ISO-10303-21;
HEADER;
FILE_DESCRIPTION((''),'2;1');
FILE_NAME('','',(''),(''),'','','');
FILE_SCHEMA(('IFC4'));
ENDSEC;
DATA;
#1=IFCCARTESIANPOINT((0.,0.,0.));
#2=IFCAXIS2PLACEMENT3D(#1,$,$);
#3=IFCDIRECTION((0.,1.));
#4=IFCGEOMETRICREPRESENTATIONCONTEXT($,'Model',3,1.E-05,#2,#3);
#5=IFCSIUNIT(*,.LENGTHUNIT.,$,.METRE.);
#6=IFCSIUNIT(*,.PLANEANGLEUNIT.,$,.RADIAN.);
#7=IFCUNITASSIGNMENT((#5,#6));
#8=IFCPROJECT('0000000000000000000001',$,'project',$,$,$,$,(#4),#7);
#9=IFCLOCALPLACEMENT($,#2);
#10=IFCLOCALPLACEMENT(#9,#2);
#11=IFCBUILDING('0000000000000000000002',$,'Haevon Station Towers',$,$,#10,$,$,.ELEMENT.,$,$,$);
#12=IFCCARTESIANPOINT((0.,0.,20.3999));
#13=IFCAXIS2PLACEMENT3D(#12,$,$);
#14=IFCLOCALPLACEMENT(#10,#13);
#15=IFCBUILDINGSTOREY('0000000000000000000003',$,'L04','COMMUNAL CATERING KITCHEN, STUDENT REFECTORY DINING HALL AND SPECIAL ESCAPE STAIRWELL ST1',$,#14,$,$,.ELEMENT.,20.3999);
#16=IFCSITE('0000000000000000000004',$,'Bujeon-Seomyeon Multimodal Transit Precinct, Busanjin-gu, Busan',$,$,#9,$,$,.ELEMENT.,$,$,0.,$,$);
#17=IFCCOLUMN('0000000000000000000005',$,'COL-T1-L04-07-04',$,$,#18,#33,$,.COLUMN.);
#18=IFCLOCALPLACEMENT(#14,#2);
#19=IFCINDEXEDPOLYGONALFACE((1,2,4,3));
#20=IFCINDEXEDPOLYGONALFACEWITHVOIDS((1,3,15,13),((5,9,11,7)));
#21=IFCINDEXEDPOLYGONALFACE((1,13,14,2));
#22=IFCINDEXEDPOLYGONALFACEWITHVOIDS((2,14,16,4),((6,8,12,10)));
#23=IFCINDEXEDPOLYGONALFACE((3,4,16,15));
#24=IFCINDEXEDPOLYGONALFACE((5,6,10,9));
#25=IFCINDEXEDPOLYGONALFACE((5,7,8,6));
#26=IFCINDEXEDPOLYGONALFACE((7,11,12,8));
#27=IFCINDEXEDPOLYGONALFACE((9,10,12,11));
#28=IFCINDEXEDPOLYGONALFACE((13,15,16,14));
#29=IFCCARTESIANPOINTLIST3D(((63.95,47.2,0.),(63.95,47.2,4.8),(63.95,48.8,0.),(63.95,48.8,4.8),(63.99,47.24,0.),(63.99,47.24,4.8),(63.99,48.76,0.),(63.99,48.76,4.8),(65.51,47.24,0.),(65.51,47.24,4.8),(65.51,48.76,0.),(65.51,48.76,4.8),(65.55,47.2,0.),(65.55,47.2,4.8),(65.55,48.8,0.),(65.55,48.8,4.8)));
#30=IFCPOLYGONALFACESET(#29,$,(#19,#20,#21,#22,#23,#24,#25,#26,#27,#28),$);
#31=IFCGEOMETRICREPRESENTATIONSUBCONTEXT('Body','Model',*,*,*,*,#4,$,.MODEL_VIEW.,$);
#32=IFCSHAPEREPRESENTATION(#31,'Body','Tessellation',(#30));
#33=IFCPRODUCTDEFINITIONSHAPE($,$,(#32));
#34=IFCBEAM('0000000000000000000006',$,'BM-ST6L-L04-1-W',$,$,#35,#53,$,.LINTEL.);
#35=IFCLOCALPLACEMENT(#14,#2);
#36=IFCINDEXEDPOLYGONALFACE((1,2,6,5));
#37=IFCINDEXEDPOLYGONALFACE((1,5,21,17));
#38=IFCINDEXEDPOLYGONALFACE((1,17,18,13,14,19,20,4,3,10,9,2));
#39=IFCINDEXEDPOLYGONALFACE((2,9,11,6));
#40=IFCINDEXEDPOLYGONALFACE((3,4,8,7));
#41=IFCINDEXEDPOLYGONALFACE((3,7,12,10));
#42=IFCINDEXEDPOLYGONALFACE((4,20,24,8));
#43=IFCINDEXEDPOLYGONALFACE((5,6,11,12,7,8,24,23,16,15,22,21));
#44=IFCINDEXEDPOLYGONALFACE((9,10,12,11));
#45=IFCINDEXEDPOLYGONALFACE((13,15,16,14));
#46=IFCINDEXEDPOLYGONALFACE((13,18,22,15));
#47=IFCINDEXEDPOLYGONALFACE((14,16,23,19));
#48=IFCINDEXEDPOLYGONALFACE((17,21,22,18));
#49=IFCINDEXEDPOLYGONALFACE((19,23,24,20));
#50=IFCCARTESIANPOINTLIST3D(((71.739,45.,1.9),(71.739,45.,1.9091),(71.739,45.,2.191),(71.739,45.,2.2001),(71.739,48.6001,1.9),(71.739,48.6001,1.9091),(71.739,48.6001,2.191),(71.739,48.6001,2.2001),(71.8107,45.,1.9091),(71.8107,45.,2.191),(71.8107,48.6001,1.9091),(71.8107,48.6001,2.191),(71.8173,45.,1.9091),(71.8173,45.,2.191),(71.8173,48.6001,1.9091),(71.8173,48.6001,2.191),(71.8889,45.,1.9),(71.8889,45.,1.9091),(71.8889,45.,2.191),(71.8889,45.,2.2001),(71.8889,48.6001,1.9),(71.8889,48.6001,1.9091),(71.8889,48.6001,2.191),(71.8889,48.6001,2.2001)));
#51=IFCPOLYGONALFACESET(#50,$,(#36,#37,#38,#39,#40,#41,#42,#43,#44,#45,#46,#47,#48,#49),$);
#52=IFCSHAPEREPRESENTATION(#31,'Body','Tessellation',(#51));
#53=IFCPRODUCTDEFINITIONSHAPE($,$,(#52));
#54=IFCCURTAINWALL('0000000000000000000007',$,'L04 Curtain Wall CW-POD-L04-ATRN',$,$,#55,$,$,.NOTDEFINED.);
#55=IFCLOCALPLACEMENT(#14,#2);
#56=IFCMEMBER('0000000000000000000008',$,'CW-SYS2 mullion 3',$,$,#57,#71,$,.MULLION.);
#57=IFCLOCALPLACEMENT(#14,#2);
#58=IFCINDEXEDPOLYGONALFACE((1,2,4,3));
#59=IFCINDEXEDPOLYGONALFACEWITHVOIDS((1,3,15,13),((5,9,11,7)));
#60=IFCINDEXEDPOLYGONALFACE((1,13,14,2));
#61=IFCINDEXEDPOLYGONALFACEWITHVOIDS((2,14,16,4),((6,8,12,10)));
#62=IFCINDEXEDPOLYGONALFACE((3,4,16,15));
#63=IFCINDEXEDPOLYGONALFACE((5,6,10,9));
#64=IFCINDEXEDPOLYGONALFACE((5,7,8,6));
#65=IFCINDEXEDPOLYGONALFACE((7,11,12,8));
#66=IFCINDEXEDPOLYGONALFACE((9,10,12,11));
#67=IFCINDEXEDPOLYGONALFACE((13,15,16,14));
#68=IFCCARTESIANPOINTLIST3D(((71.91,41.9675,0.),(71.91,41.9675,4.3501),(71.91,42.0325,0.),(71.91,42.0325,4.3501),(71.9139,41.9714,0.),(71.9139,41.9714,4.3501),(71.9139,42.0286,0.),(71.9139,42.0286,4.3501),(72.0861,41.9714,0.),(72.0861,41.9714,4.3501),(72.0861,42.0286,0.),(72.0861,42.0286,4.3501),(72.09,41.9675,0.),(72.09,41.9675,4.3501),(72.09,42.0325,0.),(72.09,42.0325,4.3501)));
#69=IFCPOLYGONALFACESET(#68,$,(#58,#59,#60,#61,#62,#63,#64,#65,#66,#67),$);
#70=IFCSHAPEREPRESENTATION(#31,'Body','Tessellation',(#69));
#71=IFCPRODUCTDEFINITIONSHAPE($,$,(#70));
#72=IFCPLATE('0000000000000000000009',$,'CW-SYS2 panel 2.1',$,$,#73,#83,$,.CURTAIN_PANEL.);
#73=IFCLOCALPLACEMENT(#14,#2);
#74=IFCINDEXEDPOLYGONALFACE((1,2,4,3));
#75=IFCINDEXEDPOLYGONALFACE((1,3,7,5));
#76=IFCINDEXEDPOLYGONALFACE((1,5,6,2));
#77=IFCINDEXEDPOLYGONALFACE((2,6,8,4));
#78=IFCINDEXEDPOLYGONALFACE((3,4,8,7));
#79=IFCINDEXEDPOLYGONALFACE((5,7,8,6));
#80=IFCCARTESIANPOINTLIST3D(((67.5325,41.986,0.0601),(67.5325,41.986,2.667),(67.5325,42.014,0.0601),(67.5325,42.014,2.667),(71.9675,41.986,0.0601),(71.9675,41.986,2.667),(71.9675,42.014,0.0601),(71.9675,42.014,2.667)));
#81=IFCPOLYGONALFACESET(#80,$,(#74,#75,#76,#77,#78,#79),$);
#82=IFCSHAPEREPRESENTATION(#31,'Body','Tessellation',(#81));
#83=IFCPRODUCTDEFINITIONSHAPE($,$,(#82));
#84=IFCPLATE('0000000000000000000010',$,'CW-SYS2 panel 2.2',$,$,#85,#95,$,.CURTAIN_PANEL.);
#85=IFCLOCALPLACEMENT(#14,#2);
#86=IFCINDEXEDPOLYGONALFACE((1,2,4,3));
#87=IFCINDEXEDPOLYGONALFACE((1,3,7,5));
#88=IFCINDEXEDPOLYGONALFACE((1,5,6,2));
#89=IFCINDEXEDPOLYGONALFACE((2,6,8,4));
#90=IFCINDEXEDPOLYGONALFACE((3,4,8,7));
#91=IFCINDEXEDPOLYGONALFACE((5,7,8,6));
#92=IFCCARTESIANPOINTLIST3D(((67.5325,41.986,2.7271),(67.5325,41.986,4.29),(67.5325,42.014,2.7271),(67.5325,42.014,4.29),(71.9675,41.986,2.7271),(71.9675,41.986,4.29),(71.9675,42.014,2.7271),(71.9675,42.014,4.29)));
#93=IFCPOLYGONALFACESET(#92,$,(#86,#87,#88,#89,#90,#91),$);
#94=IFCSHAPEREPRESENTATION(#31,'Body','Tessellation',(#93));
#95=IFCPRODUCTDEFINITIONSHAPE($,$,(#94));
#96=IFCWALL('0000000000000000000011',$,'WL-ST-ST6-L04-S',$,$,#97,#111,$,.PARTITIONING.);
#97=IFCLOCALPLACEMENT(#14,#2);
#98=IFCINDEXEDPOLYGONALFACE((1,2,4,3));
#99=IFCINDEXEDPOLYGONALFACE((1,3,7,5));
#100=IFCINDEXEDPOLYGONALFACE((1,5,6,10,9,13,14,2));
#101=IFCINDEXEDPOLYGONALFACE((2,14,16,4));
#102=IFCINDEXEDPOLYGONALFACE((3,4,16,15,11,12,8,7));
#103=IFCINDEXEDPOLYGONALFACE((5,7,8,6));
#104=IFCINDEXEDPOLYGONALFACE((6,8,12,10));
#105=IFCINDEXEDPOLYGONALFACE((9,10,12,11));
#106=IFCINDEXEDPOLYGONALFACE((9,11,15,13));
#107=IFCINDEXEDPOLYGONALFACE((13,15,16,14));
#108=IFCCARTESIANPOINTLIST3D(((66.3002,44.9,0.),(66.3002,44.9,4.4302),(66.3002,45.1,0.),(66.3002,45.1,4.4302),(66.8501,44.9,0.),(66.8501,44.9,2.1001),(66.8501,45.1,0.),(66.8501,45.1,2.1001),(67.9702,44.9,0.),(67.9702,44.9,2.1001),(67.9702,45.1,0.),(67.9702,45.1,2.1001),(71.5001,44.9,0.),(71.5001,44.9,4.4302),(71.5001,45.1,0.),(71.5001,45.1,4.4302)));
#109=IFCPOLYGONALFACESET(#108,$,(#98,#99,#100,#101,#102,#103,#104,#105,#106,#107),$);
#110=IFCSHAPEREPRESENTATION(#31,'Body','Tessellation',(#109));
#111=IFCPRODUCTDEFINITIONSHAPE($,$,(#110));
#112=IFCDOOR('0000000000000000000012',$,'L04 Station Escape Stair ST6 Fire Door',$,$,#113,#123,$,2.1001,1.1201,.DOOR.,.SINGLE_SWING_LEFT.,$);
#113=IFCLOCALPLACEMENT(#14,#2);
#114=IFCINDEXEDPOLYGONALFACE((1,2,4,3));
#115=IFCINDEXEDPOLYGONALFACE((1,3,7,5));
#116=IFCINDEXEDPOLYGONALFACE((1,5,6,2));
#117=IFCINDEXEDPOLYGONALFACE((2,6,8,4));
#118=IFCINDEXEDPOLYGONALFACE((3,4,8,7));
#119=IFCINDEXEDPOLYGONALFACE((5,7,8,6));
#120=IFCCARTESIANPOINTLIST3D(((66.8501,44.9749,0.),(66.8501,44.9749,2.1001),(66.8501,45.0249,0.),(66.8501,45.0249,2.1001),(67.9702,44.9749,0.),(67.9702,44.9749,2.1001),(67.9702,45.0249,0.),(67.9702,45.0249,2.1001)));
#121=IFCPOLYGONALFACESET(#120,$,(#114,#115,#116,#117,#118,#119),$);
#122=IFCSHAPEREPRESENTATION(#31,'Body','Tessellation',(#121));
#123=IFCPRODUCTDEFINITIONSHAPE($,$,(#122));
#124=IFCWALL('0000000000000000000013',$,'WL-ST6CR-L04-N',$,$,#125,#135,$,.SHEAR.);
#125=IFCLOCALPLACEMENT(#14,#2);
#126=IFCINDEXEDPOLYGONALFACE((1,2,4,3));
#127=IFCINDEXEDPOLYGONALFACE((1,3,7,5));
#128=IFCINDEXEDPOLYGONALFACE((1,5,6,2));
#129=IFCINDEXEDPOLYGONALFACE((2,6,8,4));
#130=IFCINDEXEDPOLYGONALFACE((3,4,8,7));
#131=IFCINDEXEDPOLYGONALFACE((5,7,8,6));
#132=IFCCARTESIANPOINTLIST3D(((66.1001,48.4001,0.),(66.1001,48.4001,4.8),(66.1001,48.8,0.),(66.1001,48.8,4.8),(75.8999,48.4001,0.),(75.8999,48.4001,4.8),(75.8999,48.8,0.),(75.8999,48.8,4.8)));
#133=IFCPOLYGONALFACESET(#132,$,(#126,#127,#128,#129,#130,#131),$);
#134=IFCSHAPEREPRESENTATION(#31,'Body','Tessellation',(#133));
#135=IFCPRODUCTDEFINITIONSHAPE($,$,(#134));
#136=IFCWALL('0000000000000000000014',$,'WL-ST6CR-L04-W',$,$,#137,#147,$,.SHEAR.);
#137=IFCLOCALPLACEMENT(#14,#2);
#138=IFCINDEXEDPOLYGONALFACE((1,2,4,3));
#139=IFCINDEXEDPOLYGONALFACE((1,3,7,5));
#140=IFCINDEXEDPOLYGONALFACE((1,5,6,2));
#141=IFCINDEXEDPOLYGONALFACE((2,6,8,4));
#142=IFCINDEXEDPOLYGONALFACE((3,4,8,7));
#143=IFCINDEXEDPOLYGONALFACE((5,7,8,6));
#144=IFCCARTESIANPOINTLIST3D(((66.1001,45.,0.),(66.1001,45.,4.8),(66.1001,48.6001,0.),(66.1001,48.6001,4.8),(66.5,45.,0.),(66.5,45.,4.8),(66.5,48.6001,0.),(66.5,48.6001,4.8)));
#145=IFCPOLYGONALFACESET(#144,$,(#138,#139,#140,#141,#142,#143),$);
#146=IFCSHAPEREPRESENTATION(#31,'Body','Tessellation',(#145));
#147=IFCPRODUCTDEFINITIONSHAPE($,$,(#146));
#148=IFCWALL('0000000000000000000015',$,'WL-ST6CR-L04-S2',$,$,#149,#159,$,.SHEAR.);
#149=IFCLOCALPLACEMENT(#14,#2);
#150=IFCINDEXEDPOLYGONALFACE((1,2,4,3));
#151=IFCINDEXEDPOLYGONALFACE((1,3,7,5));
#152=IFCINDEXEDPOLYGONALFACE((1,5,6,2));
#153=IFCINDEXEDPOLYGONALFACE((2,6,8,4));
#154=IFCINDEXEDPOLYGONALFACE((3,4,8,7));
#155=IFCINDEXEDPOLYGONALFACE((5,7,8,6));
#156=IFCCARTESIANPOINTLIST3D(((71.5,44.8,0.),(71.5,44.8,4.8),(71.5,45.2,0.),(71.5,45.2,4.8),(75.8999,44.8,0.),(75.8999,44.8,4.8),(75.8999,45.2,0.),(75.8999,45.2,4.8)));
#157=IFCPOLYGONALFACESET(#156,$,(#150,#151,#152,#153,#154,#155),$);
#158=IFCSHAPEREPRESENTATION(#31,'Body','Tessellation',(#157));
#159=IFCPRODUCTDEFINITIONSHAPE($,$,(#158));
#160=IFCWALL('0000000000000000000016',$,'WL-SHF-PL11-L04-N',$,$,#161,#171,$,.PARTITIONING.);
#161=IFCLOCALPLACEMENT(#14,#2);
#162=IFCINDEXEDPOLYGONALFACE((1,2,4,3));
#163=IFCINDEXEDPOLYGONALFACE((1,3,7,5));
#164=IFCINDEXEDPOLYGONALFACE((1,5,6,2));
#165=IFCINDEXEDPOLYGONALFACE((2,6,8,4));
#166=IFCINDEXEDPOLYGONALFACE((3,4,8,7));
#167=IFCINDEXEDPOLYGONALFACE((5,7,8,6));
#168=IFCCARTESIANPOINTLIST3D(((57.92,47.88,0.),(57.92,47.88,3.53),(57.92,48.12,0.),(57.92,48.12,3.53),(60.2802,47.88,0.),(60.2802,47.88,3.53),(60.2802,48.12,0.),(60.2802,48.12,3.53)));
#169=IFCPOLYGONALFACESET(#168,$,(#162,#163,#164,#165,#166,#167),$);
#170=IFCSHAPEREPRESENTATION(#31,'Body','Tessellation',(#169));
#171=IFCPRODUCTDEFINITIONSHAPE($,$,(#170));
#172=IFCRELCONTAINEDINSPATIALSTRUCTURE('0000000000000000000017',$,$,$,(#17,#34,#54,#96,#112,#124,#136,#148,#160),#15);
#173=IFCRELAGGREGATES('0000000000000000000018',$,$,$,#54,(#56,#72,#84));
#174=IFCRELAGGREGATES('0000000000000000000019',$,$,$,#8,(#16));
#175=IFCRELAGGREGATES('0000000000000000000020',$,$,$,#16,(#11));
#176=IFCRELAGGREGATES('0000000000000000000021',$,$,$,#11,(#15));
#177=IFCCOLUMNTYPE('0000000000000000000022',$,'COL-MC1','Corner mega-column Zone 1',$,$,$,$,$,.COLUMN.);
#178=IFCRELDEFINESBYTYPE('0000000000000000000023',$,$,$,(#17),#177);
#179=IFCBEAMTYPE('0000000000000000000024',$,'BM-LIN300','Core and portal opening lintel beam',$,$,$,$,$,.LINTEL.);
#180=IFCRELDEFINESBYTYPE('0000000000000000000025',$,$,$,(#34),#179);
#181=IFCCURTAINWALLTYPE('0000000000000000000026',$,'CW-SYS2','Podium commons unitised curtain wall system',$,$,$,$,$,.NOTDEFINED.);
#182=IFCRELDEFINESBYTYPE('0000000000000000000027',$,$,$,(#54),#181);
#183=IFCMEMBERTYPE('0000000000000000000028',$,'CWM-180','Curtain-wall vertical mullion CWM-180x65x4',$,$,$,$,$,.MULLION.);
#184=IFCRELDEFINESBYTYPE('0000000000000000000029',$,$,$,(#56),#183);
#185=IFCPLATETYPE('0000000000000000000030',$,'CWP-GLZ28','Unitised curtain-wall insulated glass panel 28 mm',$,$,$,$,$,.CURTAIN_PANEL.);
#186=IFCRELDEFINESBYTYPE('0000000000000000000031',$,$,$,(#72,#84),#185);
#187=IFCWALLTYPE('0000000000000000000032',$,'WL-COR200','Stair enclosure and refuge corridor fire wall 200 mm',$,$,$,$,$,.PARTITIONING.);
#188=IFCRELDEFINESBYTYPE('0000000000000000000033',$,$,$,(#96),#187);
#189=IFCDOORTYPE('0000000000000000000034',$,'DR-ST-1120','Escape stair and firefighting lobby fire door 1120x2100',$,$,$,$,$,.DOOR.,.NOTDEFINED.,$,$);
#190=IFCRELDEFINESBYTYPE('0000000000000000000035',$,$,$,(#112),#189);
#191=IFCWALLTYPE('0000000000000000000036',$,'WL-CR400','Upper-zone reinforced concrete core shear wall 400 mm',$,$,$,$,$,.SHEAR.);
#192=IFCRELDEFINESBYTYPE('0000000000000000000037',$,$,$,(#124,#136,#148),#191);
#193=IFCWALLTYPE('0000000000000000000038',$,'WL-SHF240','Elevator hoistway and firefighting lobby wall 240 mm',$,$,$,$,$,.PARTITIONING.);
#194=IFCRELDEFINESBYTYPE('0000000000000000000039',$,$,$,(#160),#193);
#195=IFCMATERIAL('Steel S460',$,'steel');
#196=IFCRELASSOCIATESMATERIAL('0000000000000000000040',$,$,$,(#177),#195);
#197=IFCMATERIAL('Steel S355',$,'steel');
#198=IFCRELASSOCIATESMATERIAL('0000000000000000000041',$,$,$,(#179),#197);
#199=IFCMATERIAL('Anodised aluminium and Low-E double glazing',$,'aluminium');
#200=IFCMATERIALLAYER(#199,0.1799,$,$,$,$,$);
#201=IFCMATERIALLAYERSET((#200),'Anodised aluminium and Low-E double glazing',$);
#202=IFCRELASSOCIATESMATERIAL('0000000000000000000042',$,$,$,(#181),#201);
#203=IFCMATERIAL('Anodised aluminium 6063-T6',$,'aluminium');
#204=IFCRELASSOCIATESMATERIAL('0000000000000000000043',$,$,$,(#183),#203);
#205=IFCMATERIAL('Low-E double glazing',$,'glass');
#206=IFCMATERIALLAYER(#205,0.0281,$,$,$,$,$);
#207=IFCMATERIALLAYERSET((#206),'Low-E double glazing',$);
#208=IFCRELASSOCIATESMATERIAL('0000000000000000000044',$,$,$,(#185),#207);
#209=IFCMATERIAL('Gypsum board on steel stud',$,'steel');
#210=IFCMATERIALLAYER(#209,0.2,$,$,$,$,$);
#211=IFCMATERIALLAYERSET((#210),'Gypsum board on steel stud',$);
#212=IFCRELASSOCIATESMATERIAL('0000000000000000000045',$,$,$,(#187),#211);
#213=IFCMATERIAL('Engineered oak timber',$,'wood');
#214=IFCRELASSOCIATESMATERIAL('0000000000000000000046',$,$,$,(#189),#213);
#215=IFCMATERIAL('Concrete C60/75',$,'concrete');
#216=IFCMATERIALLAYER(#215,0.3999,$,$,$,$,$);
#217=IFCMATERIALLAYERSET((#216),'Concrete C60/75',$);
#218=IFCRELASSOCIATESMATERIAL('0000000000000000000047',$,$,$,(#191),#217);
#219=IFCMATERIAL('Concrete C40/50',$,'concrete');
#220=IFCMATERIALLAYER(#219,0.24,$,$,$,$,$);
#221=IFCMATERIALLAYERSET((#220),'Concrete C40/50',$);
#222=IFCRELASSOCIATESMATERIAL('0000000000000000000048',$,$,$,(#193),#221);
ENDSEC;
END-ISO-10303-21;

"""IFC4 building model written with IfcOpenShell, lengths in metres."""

from ifc_helpers import new_model, si_unit, direction, frame, frame_2d, origin, origin_2d, place, context, subcontext, project, spatial, rectangle, hollow_rectangle, i_section, extrude, material, layer, layer_set, material_profile, profile_set, type_object, element, fill, aggregate, save


model = new_model("IFC4")

# Units and contexts
model_context = context("Model", 3, precision=1e-05, world=origin(), true_north=direction((0.0, 1.0)))
body_context = subcontext(model_context, "Body", "Model", "MODEL_VIEW")
ifc_project = project(units=[si_unit("LENGTHUNIT", "METRE"), si_unit("PLANEANGLEUNIT", "RADIAN")], contexts=[model_context])

# Site, building, storey
site_placement = place(None, origin())
site = spatial("IfcSite", under=ifc_project, at=site_placement, Name="Bujeon-Seomyeon Multimodal Transit Precinct, Busanjin-gu, Busan", CompositionType="ELEMENT", RefElevation=0.0)
building_placement = place(site_placement, origin())
building = spatial("IfcBuilding", under=site, at=building_placement, Name="Haevon Station Towers", CompositionType="ELEMENT")
storey_placement = place(building_placement, frame((0.0, 0.0, 20.3999)))
storey = spatial("IfcBuildingStorey", under=building, at=storey_placement, Name="L04", Description="COMMUNAL CATERING KITCHEN, STUDENT REFECTORY DINING HALL AND SPECIAL ESCAPE STAIRWELL ST1", CompositionType="ELEMENT", Elevation=20.3999)

# Column
ifc_material_1 = material(Name="Steel S460", Category="steel")
ifc_material_profile_1 = material_profile(ifc_material_1, hollow_rectangle(XDim=1.6001, YDim=1.6001, WallThickness=0.04, at=origin_2d()), Name="BOX-1600x1600x40")
ifc_profile_set_1 = profile_set([ifc_material_profile_1], Name="Steel S460")
column_type = type_object("IfcColumnType", Name="COL-MC1", Description="Corner mega-column Zone 1", PredefinedType="COLUMN", material=ifc_profile_set_1)
column_placement = place(storey_placement, frame((64.75, 48.0, 0.0), z_axis=(0.0, 0.0, 1.0), x_axis=(1.0, 0.0, 0.0)))
element("IfcColumn", 1, at=column_placement, inside=storey, type_object=column_type, Name="COL-T1-L04-07-04", PredefinedType="COLUMN", context=body_context, shape_type="SweptSolid", body=[
    extrude(hollow_rectangle(XDim=1.6001, YDim=1.6001, WallThickness=0.04, at=origin_2d()), origin(), (0.0, 0.0, 1.0), 4.8),
])

# Beam
ifc_material_2 = material(Name="Steel S355", Category="steel")
ifc_material_profile_2 = material_profile(ifc_material_2, i_section(OverallWidth=0.1499, OverallDepth=0.3, WebThickness=0.0066, FlangeThickness=0.009, at=origin_2d()), Name="H-300x150x6.5x9")
ifc_profile_set_2 = profile_set([ifc_material_profile_2], Name="Steel S355")
beam_type = type_object("IfcBeamType", Name="BM-LIN300", Description="Core and portal opening lintel beam", PredefinedType="LINTEL", material=ifc_profile_set_2)
beam_placement = place(storey_placement, frame((71.814, 45.0, 2.05), z_axis=(0.0, 1.0, 0.0), x_axis=(-1.0, 0.0, 0.0)))
element("IfcBeam", 2, at=beam_placement, inside=storey, type_object=beam_type, Name="BM-ST6L-L04-1-W", PredefinedType="LINTEL", context=body_context, shape_type="SweptSolid", body=[
    extrude(i_section(OverallWidth=0.1499, OverallDepth=0.3, WebThickness=0.0066, FlangeThickness=0.009, at=origin_2d()), origin(), (0.0, 0.0, 1.0), 3.6001),
])

# Curtain wall, member, plates
ifc_material_3 = material(Name="Anodised aluminium and Low-E double glazing", Category="aluminium")
ifc_layer_1 = layer(ifc_material_3, 0.1799)
ifc_layer_set_1 = layer_set([ifc_layer_1], Name="Anodised aluminium and Low-E double glazing")
curtain_wall_type = type_object("IfcCurtainWallType", Name="CW-SYS2", Description="Podium commons unitised curtain wall system", PredefinedType="NOTDEFINED", material=ifc_layer_set_1)
curtain_wall_placement = place(storey_placement, origin())
curtain_wall = element("IfcCurtainWall", 3, at=curtain_wall_placement, inside=storey, type_object=curtain_wall_type, Name="L04 Curtain Wall CW-POD-L04-ATRN", PredefinedType="NOTDEFINED")
ifc_material_4 = material(Name="Anodised aluminium 6063-T6", Category="aluminium")
ifc_material_profile_3 = material_profile(ifc_material_4, hollow_rectangle(XDim=0.0649, YDim=0.1799, WallThickness=0.0039, at=origin_2d()), Name="CWM-180x65x4")
ifc_profile_set_3 = profile_set([ifc_material_profile_3], Name="Anodised aluminium 6063-T6")
member_type = type_object("IfcMemberType", Name="CWM-180", Description="Curtain-wall vertical mullion CWM-180x65x4", PredefinedType="MULLION", material=ifc_profile_set_3)
member_placement = place(storey_placement, frame((72.0, 42.0, 0.0), z_axis=(0.0, 0.0, 1.0), x_axis=(0.0, 1.0, 0.0)))
member = element("IfcMember", 4, at=member_placement, type_object=member_type, Name="CW-SYS2 mullion 3", PredefinedType="MULLION", context=body_context, shape_type="SweptSolid", body=[
    extrude(hollow_rectangle(XDim=0.0649, YDim=0.1799, WallThickness=0.0039, at=origin_2d()), origin(), (0.0, 0.0, 1.0), 4.3501),
])
ifc_material_5 = material(Name="Low-E double glazing", Category="glass")
ifc_layer_2 = layer(ifc_material_5, 0.0281)
ifc_layer_set_2 = layer_set([ifc_layer_2], Name="Low-E double glazing")
plate_type = type_object("IfcPlateType", Name="CWP-GLZ28", Description="Unitised curtain-wall insulated glass panel 28 mm", PredefinedType="CURTAIN_PANEL", material=ifc_layer_set_2)
plate_1_placement = place(storey_placement, frame((69.75, 42.0, 0.0601), z_axis=(0.0, 0.0, 1.0), x_axis=(1.0, 0.0, 0.0)))
plate_1 = element("IfcPlate", 5, at=plate_1_placement, type_object=plate_type, Name="CW-SYS2 panel 2.1", PredefinedType="CURTAIN_PANEL", context=body_context, shape_type="SweptSolid", body=[
    extrude(rectangle(XDim=4.4351, YDim=0.0281, at=origin_2d()), origin(), (0.0, 0.0, 1.0), 2.6069),
])
plate_2_placement = place(storey_placement, frame((69.75, 42.0, 2.7271), z_axis=(0.0, 0.0, 1.0), x_axis=(1.0, 0.0, 0.0)))
plate_2 = element("IfcPlate", 6, at=plate_2_placement, type_object=plate_type, Name="CW-SYS2 panel 2.2", PredefinedType="CURTAIN_PANEL", context=body_context, shape_type="SweptSolid", body=[
    extrude(rectangle(XDim=4.4351, YDim=0.0281, at=origin_2d()), origin(), (0.0, 0.0, 1.0), 1.563),
])
aggregate(curtain_wall, [member, plate_1, plate_2])

# Wall, opening, door
ifc_material_6 = material(Name="Gypsum board on steel stud", Category="steel")
ifc_layer_3 = layer(ifc_material_6, 0.2)
ifc_layer_set_3 = layer_set([ifc_layer_3], Name="Gypsum board on steel stud")
wall_type_1 = type_object("IfcWallType", Name="WL-COR200", Description="Stair enclosure and refuge corridor fire wall 200 mm", PredefinedType="PARTITIONING", material=ifc_layer_set_3)
wall_1_placement = place(storey_placement, frame((66.3, 45.0, 0.0), z_axis=(0.0, 0.0, 1.0), x_axis=(1.0, 0.0, 0.0)))
wall_1 = element("IfcWall", 7, at=wall_1_placement, inside=storey, type_object=wall_type_1, Name="WL-ST-ST6-L04-S", PredefinedType="PARTITIONING", context=body_context, shape_type="SweptSolid", body=[
    extrude(rectangle(XDim=5.2, YDim=0.2, at=frame_2d((2.6001, 0.0))), origin(), (0.0, 0.0, 1.0), 4.4302),
])
opening_1_placement = place(wall_1_placement, frame((0.55, 0.0, 0.0)))
opening_1 = element("IfcOpeningElement", 8, at=opening_1_placement, cuts=wall_1, PredefinedType="OPENING", context=body_context, shape_type="SweptSolid", body=[
    extrude(rectangle(XDim=1.1201, YDim=2.1001, at=frame_2d((0.5601, 1.05))), frame((0.0, 0.1099, 0.0), z_axis=(0.0, -1.0, 0.0), x_axis=(1.0, 0.0, 0.0)), (0.0, 0.0, 1.0), 0.22),
])
ifc_material_7 = material(Name="Engineered oak timber", Category="wood")
door_type_1 = type_object("IfcDoorType", Name="DR-ST-1120", Description="Escape stair and firefighting lobby fire door 1120x2100", OperationType="NOTDEFINED", PredefinedType="DOOR", material=ifc_material_7)
door_1_placement = place(opening_1_placement, origin())
door_1 = element("IfcDoor", 9, at=door_1_placement, inside=storey, type_object=door_type_1, Name="L04 Station Escape Stair ST6 Fire Door", OperationType="SINGLE_SWING_LEFT", OverallHeight=2.1001, OverallWidth=1.1201, PredefinedType="DOOR", context=body_context, shape_type="SweptSolid", body=[
    extrude(rectangle(XDim=1.1201, YDim=2.1001, at=frame_2d((0.5601, 1.05))), frame((0.0, 0.0249, 0.0), z_axis=(0.0, -1.0, 0.0), x_axis=(1.0, 0.0, 0.0)), (0.0, 0.0, 1.0), 0.05),
])
fill(opening_1, door_1)

# Walls
ifc_material_8 = material(Name="Concrete C60/75", Category="concrete")
ifc_layer_4 = layer(ifc_material_8, 0.3999)
ifc_layer_set_4 = layer_set([ifc_layer_4], Name="Concrete C60/75")
wall_type_2 = type_object("IfcWallType", Name="WL-CR400", Description="Upper-zone reinforced concrete core shear wall 400 mm", PredefinedType="SHEAR", material=ifc_layer_set_4)
wall_2_placement = place(storey_placement, frame((66.1001, 48.6001, 0.0), z_axis=(0.0, 0.0, 1.0), x_axis=(1.0, 0.0, 0.0)))
element("IfcWall", 10, at=wall_2_placement, inside=storey, type_object=wall_type_2, Name="WL-ST6CR-L04-N", PredefinedType="SHEAR", context=body_context, shape_type="SweptSolid", body=[
    extrude(rectangle(XDim=9.7998, YDim=0.3999, at=frame_2d((4.8999, 0.0))), origin(), (0.0, 0.0, 1.0), 4.8),
])
wall_3_placement = place(storey_placement, frame((66.3, 45.0, 0.0), z_axis=(0.0, 0.0, 1.0), x_axis=(0.0, 1.0, 0.0)))
element("IfcWall", 11, at=wall_3_placement, inside=storey, type_object=wall_type_2, Name="WL-ST6CR-L04-W", PredefinedType="SHEAR", context=body_context, shape_type="SweptSolid", body=[
    extrude(rectangle(XDim=3.6001, YDim=0.3999, at=frame_2d((1.8, 0.0))), origin(), (0.0, 0.0, 1.0), 4.8),
])
wall_4_placement = place(storey_placement, frame((71.5, 45.0, 0.0), z_axis=(0.0, 0.0, 1.0), x_axis=(1.0, 0.0, 0.0)))
element("IfcWall", 12, at=wall_4_placement, inside=storey, type_object=wall_type_2, Name="WL-ST6CR-L04-S2", PredefinedType="SHEAR", context=body_context, shape_type="SweptSolid", body=[
    extrude(rectangle(XDim=4.3999, YDim=0.3999, at=frame_2d((2.2, 0.0))), origin(), (0.0, 0.0, 1.0), 4.8),
])

# Shared definitions
ifc_material_9 = material(Name="Concrete C40/50", Category="concrete")
ifc_layer_5 = layer(ifc_material_9, 0.24)
ifc_layer_set_5 = layer_set([ifc_layer_5], Name="Concrete C40/50")
wall_type_3 = type_object("IfcWallType", Name="WL-SHF240", Description="Elevator hoistway and firefighting lobby wall 240 mm", PredefinedType="PARTITIONING", material=ifc_layer_set_5)

# Wall
wall_5_placement = place(storey_placement, frame((57.9199, 48.0, 0.0), z_axis=(0.0, 0.0, 1.0), x_axis=(1.0, 0.0, 0.0)))
element("IfcWall", 13, at=wall_5_placement, inside=storey, type_object=wall_type_3, Name="WL-SHF-PL11-L04-N", PredefinedType="PARTITIONING", context=body_context, shape_type="SweptSolid", body=[
    extrude(rectangle(XDim=2.3601, YDim=0.24, at=frame_2d((1.1802, 0.0))), origin(), (0.0, 0.0, 1.0), 3.53),
])

save(model, "model.ifc")
